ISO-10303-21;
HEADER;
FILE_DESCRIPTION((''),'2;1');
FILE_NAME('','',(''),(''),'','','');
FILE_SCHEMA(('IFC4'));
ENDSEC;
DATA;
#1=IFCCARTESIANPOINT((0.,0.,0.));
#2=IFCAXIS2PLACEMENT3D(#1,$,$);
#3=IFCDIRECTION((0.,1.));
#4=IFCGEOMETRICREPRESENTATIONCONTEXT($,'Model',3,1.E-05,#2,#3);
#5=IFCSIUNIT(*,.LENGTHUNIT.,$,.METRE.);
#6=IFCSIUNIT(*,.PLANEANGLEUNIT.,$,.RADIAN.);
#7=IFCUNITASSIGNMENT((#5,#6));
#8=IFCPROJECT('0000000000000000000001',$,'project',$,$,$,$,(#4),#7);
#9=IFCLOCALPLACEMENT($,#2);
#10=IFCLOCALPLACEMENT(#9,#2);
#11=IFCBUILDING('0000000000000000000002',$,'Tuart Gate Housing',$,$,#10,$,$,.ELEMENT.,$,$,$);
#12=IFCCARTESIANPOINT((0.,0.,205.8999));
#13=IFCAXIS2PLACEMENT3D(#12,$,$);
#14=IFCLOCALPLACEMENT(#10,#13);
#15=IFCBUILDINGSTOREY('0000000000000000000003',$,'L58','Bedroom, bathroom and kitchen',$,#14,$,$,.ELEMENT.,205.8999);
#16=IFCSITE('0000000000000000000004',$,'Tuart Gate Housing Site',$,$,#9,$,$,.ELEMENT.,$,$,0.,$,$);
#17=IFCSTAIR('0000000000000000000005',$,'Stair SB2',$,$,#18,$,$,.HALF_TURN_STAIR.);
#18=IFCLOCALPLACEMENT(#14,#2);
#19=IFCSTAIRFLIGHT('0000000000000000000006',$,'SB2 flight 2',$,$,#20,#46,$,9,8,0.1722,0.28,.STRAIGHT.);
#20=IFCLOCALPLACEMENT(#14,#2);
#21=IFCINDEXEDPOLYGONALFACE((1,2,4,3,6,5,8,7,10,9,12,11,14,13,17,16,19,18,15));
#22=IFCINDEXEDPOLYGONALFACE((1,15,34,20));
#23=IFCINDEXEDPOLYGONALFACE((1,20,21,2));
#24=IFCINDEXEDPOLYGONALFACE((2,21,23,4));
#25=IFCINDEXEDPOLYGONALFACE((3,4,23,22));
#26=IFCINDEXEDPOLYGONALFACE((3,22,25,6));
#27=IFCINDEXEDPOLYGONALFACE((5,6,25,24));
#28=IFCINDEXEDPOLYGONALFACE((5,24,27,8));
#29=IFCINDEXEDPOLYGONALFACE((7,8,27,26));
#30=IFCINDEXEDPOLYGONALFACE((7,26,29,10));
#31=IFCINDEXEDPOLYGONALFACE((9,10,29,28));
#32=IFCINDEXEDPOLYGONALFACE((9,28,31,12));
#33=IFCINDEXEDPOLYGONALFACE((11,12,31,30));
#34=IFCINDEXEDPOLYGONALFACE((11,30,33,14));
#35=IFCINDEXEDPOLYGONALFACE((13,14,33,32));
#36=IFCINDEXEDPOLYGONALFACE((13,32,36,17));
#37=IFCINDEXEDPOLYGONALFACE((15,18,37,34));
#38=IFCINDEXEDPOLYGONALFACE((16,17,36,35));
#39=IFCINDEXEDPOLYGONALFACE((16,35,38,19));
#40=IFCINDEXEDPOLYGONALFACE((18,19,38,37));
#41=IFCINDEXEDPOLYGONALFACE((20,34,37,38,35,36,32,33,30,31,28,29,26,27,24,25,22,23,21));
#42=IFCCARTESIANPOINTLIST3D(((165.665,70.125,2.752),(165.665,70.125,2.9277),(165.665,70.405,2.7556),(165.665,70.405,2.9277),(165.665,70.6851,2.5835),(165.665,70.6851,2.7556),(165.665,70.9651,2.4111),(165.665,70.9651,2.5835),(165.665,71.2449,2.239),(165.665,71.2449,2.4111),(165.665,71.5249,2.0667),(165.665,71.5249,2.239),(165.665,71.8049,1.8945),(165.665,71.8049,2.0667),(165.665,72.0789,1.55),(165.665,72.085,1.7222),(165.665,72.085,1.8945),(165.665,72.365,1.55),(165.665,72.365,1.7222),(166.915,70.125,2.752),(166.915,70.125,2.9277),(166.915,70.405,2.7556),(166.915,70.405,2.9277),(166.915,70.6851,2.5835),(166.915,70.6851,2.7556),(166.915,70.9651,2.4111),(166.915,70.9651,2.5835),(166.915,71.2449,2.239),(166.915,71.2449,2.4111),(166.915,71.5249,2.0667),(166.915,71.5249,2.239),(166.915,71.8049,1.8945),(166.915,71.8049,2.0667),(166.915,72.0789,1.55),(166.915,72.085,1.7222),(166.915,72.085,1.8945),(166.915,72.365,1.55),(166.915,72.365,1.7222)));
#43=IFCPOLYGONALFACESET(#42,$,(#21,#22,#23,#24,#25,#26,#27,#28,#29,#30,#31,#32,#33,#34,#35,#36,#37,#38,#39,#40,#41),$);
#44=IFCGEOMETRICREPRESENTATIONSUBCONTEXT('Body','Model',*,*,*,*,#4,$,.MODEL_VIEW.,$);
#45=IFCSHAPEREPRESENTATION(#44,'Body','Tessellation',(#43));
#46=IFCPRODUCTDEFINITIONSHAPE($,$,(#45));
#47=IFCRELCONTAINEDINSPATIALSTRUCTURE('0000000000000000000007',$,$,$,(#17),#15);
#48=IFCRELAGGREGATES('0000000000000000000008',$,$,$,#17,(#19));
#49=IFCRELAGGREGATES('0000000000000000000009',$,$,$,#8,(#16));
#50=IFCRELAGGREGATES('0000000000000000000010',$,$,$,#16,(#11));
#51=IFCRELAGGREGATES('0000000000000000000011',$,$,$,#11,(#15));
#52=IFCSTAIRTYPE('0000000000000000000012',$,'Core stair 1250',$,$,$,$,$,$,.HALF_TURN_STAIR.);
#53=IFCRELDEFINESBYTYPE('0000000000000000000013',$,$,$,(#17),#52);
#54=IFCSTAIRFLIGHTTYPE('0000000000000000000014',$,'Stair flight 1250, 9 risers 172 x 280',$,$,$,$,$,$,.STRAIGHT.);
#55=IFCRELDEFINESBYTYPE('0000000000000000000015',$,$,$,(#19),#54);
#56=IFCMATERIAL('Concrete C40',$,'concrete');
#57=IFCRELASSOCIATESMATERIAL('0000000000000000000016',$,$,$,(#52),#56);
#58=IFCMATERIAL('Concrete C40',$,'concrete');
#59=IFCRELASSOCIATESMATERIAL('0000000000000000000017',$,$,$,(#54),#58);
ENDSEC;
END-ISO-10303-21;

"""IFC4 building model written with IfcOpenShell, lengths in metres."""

from ifc_helpers import new_model, si_unit, direction, frame, origin, place, context, subcontext, project, spatial, polyline, outline, extrude, material, type_object, element, aggregate, save


model = new_model("IFC4")

# Units and contexts
model_context = context("Model", 3, precision=1e-05, world=origin(), true_north=direction((0.0, 1.0)))
body_context = subcontext(model_context, "Body", "Model", "MODEL_VIEW")
ifc_project = project(units=[si_unit("LENGTHUNIT", "METRE"), si_unit("PLANEANGLEUNIT", "RADIAN")], contexts=[model_context])

# Site, building, storey
site_placement = place(None, origin())
site = spatial("IfcSite", under=ifc_project, at=site_placement, Name="Tuart Gate Housing Site", CompositionType="ELEMENT", RefElevation=0.0)
building_placement = place(site_placement, origin())
building = spatial("IfcBuilding", under=site, at=building_placement, Name="Tuart Gate Housing", CompositionType="ELEMENT")
storey_placement = place(building_placement, frame((0.0, 0.0, 205.8999)))
storey = spatial("IfcBuildingStorey", under=building, at=storey_placement, Name="L58", Description="Bedroom, bathroom and kitchen", CompositionType="ELEMENT", Elevation=205.8999)

# Stair, stair flight
ifc_material_1 = material(Name="Concrete C40", Category="concrete")
stair_type = type_object("IfcStairType", Name="Core stair 1250", PredefinedType="HALF_TURN_STAIR", material=ifc_material_1)
stair_placement = place(storey_placement, origin())
stair = element("IfcStair", 1, at=stair_placement, inside=storey, type_object=stair_type, Name="Stair SB2", PredefinedType="HALF_TURN_STAIR")
ifc_material_2 = material(Name="Concrete C40", Category="concrete")
stair_flight_type = type_object("IfcStairFlightType", Name="Stair flight 1250, 9 risers 172 x 280", PredefinedType="STRAIGHT", material=ifc_material_2)
stair_flight_placement = place(storey_placement, frame((166.29, 72.365, 1.55), z_axis=(0.0, 0.0, 1.0), x_axis=(0.0, -1.0, 0.0)))
stair_flight = element("IfcStairFlight", 2, at=stair_flight_placement, type_object=stair_flight_type, Name="SB2 flight 2", NumberOfRisers=9, NumberOfTreads=8, PredefinedType="STRAIGHT", RiserHeight=0.1722, TreadLength=0.28, context=body_context, shape_type="SweptSolid", body=[
    extrude(outline(polyline([(0.0, 0.0), (0.0, 0.1721), (0.28, 0.1721), (0.28, 0.3445), (0.5601, 0.3445), (0.5601, 0.5166), (0.8401, 0.5166), (0.8401, 0.689), (1.1201, 0.689), (1.1201, 0.8611), (1.3999, 0.8611), (1.3999, 1.0334), (1.6799, 1.0334), (1.6799, 1.2056), (1.96, 1.2056), (1.96, 1.3777), (2.24, 1.3777), (2.24, 1.55), (2.24, 1.2019), (0.2861, 0.0), (0.0, 0.0)])), frame((0.0, 0.625, 0.0), z_axis=(0.0, -1.0, 0.0), x_axis=(1.0, 0.0, 0.0)), (0.0, 0.0, 1.0), 1.25),
])
aggregate(stair, [stair_flight])

save(model, "model.ifc")
